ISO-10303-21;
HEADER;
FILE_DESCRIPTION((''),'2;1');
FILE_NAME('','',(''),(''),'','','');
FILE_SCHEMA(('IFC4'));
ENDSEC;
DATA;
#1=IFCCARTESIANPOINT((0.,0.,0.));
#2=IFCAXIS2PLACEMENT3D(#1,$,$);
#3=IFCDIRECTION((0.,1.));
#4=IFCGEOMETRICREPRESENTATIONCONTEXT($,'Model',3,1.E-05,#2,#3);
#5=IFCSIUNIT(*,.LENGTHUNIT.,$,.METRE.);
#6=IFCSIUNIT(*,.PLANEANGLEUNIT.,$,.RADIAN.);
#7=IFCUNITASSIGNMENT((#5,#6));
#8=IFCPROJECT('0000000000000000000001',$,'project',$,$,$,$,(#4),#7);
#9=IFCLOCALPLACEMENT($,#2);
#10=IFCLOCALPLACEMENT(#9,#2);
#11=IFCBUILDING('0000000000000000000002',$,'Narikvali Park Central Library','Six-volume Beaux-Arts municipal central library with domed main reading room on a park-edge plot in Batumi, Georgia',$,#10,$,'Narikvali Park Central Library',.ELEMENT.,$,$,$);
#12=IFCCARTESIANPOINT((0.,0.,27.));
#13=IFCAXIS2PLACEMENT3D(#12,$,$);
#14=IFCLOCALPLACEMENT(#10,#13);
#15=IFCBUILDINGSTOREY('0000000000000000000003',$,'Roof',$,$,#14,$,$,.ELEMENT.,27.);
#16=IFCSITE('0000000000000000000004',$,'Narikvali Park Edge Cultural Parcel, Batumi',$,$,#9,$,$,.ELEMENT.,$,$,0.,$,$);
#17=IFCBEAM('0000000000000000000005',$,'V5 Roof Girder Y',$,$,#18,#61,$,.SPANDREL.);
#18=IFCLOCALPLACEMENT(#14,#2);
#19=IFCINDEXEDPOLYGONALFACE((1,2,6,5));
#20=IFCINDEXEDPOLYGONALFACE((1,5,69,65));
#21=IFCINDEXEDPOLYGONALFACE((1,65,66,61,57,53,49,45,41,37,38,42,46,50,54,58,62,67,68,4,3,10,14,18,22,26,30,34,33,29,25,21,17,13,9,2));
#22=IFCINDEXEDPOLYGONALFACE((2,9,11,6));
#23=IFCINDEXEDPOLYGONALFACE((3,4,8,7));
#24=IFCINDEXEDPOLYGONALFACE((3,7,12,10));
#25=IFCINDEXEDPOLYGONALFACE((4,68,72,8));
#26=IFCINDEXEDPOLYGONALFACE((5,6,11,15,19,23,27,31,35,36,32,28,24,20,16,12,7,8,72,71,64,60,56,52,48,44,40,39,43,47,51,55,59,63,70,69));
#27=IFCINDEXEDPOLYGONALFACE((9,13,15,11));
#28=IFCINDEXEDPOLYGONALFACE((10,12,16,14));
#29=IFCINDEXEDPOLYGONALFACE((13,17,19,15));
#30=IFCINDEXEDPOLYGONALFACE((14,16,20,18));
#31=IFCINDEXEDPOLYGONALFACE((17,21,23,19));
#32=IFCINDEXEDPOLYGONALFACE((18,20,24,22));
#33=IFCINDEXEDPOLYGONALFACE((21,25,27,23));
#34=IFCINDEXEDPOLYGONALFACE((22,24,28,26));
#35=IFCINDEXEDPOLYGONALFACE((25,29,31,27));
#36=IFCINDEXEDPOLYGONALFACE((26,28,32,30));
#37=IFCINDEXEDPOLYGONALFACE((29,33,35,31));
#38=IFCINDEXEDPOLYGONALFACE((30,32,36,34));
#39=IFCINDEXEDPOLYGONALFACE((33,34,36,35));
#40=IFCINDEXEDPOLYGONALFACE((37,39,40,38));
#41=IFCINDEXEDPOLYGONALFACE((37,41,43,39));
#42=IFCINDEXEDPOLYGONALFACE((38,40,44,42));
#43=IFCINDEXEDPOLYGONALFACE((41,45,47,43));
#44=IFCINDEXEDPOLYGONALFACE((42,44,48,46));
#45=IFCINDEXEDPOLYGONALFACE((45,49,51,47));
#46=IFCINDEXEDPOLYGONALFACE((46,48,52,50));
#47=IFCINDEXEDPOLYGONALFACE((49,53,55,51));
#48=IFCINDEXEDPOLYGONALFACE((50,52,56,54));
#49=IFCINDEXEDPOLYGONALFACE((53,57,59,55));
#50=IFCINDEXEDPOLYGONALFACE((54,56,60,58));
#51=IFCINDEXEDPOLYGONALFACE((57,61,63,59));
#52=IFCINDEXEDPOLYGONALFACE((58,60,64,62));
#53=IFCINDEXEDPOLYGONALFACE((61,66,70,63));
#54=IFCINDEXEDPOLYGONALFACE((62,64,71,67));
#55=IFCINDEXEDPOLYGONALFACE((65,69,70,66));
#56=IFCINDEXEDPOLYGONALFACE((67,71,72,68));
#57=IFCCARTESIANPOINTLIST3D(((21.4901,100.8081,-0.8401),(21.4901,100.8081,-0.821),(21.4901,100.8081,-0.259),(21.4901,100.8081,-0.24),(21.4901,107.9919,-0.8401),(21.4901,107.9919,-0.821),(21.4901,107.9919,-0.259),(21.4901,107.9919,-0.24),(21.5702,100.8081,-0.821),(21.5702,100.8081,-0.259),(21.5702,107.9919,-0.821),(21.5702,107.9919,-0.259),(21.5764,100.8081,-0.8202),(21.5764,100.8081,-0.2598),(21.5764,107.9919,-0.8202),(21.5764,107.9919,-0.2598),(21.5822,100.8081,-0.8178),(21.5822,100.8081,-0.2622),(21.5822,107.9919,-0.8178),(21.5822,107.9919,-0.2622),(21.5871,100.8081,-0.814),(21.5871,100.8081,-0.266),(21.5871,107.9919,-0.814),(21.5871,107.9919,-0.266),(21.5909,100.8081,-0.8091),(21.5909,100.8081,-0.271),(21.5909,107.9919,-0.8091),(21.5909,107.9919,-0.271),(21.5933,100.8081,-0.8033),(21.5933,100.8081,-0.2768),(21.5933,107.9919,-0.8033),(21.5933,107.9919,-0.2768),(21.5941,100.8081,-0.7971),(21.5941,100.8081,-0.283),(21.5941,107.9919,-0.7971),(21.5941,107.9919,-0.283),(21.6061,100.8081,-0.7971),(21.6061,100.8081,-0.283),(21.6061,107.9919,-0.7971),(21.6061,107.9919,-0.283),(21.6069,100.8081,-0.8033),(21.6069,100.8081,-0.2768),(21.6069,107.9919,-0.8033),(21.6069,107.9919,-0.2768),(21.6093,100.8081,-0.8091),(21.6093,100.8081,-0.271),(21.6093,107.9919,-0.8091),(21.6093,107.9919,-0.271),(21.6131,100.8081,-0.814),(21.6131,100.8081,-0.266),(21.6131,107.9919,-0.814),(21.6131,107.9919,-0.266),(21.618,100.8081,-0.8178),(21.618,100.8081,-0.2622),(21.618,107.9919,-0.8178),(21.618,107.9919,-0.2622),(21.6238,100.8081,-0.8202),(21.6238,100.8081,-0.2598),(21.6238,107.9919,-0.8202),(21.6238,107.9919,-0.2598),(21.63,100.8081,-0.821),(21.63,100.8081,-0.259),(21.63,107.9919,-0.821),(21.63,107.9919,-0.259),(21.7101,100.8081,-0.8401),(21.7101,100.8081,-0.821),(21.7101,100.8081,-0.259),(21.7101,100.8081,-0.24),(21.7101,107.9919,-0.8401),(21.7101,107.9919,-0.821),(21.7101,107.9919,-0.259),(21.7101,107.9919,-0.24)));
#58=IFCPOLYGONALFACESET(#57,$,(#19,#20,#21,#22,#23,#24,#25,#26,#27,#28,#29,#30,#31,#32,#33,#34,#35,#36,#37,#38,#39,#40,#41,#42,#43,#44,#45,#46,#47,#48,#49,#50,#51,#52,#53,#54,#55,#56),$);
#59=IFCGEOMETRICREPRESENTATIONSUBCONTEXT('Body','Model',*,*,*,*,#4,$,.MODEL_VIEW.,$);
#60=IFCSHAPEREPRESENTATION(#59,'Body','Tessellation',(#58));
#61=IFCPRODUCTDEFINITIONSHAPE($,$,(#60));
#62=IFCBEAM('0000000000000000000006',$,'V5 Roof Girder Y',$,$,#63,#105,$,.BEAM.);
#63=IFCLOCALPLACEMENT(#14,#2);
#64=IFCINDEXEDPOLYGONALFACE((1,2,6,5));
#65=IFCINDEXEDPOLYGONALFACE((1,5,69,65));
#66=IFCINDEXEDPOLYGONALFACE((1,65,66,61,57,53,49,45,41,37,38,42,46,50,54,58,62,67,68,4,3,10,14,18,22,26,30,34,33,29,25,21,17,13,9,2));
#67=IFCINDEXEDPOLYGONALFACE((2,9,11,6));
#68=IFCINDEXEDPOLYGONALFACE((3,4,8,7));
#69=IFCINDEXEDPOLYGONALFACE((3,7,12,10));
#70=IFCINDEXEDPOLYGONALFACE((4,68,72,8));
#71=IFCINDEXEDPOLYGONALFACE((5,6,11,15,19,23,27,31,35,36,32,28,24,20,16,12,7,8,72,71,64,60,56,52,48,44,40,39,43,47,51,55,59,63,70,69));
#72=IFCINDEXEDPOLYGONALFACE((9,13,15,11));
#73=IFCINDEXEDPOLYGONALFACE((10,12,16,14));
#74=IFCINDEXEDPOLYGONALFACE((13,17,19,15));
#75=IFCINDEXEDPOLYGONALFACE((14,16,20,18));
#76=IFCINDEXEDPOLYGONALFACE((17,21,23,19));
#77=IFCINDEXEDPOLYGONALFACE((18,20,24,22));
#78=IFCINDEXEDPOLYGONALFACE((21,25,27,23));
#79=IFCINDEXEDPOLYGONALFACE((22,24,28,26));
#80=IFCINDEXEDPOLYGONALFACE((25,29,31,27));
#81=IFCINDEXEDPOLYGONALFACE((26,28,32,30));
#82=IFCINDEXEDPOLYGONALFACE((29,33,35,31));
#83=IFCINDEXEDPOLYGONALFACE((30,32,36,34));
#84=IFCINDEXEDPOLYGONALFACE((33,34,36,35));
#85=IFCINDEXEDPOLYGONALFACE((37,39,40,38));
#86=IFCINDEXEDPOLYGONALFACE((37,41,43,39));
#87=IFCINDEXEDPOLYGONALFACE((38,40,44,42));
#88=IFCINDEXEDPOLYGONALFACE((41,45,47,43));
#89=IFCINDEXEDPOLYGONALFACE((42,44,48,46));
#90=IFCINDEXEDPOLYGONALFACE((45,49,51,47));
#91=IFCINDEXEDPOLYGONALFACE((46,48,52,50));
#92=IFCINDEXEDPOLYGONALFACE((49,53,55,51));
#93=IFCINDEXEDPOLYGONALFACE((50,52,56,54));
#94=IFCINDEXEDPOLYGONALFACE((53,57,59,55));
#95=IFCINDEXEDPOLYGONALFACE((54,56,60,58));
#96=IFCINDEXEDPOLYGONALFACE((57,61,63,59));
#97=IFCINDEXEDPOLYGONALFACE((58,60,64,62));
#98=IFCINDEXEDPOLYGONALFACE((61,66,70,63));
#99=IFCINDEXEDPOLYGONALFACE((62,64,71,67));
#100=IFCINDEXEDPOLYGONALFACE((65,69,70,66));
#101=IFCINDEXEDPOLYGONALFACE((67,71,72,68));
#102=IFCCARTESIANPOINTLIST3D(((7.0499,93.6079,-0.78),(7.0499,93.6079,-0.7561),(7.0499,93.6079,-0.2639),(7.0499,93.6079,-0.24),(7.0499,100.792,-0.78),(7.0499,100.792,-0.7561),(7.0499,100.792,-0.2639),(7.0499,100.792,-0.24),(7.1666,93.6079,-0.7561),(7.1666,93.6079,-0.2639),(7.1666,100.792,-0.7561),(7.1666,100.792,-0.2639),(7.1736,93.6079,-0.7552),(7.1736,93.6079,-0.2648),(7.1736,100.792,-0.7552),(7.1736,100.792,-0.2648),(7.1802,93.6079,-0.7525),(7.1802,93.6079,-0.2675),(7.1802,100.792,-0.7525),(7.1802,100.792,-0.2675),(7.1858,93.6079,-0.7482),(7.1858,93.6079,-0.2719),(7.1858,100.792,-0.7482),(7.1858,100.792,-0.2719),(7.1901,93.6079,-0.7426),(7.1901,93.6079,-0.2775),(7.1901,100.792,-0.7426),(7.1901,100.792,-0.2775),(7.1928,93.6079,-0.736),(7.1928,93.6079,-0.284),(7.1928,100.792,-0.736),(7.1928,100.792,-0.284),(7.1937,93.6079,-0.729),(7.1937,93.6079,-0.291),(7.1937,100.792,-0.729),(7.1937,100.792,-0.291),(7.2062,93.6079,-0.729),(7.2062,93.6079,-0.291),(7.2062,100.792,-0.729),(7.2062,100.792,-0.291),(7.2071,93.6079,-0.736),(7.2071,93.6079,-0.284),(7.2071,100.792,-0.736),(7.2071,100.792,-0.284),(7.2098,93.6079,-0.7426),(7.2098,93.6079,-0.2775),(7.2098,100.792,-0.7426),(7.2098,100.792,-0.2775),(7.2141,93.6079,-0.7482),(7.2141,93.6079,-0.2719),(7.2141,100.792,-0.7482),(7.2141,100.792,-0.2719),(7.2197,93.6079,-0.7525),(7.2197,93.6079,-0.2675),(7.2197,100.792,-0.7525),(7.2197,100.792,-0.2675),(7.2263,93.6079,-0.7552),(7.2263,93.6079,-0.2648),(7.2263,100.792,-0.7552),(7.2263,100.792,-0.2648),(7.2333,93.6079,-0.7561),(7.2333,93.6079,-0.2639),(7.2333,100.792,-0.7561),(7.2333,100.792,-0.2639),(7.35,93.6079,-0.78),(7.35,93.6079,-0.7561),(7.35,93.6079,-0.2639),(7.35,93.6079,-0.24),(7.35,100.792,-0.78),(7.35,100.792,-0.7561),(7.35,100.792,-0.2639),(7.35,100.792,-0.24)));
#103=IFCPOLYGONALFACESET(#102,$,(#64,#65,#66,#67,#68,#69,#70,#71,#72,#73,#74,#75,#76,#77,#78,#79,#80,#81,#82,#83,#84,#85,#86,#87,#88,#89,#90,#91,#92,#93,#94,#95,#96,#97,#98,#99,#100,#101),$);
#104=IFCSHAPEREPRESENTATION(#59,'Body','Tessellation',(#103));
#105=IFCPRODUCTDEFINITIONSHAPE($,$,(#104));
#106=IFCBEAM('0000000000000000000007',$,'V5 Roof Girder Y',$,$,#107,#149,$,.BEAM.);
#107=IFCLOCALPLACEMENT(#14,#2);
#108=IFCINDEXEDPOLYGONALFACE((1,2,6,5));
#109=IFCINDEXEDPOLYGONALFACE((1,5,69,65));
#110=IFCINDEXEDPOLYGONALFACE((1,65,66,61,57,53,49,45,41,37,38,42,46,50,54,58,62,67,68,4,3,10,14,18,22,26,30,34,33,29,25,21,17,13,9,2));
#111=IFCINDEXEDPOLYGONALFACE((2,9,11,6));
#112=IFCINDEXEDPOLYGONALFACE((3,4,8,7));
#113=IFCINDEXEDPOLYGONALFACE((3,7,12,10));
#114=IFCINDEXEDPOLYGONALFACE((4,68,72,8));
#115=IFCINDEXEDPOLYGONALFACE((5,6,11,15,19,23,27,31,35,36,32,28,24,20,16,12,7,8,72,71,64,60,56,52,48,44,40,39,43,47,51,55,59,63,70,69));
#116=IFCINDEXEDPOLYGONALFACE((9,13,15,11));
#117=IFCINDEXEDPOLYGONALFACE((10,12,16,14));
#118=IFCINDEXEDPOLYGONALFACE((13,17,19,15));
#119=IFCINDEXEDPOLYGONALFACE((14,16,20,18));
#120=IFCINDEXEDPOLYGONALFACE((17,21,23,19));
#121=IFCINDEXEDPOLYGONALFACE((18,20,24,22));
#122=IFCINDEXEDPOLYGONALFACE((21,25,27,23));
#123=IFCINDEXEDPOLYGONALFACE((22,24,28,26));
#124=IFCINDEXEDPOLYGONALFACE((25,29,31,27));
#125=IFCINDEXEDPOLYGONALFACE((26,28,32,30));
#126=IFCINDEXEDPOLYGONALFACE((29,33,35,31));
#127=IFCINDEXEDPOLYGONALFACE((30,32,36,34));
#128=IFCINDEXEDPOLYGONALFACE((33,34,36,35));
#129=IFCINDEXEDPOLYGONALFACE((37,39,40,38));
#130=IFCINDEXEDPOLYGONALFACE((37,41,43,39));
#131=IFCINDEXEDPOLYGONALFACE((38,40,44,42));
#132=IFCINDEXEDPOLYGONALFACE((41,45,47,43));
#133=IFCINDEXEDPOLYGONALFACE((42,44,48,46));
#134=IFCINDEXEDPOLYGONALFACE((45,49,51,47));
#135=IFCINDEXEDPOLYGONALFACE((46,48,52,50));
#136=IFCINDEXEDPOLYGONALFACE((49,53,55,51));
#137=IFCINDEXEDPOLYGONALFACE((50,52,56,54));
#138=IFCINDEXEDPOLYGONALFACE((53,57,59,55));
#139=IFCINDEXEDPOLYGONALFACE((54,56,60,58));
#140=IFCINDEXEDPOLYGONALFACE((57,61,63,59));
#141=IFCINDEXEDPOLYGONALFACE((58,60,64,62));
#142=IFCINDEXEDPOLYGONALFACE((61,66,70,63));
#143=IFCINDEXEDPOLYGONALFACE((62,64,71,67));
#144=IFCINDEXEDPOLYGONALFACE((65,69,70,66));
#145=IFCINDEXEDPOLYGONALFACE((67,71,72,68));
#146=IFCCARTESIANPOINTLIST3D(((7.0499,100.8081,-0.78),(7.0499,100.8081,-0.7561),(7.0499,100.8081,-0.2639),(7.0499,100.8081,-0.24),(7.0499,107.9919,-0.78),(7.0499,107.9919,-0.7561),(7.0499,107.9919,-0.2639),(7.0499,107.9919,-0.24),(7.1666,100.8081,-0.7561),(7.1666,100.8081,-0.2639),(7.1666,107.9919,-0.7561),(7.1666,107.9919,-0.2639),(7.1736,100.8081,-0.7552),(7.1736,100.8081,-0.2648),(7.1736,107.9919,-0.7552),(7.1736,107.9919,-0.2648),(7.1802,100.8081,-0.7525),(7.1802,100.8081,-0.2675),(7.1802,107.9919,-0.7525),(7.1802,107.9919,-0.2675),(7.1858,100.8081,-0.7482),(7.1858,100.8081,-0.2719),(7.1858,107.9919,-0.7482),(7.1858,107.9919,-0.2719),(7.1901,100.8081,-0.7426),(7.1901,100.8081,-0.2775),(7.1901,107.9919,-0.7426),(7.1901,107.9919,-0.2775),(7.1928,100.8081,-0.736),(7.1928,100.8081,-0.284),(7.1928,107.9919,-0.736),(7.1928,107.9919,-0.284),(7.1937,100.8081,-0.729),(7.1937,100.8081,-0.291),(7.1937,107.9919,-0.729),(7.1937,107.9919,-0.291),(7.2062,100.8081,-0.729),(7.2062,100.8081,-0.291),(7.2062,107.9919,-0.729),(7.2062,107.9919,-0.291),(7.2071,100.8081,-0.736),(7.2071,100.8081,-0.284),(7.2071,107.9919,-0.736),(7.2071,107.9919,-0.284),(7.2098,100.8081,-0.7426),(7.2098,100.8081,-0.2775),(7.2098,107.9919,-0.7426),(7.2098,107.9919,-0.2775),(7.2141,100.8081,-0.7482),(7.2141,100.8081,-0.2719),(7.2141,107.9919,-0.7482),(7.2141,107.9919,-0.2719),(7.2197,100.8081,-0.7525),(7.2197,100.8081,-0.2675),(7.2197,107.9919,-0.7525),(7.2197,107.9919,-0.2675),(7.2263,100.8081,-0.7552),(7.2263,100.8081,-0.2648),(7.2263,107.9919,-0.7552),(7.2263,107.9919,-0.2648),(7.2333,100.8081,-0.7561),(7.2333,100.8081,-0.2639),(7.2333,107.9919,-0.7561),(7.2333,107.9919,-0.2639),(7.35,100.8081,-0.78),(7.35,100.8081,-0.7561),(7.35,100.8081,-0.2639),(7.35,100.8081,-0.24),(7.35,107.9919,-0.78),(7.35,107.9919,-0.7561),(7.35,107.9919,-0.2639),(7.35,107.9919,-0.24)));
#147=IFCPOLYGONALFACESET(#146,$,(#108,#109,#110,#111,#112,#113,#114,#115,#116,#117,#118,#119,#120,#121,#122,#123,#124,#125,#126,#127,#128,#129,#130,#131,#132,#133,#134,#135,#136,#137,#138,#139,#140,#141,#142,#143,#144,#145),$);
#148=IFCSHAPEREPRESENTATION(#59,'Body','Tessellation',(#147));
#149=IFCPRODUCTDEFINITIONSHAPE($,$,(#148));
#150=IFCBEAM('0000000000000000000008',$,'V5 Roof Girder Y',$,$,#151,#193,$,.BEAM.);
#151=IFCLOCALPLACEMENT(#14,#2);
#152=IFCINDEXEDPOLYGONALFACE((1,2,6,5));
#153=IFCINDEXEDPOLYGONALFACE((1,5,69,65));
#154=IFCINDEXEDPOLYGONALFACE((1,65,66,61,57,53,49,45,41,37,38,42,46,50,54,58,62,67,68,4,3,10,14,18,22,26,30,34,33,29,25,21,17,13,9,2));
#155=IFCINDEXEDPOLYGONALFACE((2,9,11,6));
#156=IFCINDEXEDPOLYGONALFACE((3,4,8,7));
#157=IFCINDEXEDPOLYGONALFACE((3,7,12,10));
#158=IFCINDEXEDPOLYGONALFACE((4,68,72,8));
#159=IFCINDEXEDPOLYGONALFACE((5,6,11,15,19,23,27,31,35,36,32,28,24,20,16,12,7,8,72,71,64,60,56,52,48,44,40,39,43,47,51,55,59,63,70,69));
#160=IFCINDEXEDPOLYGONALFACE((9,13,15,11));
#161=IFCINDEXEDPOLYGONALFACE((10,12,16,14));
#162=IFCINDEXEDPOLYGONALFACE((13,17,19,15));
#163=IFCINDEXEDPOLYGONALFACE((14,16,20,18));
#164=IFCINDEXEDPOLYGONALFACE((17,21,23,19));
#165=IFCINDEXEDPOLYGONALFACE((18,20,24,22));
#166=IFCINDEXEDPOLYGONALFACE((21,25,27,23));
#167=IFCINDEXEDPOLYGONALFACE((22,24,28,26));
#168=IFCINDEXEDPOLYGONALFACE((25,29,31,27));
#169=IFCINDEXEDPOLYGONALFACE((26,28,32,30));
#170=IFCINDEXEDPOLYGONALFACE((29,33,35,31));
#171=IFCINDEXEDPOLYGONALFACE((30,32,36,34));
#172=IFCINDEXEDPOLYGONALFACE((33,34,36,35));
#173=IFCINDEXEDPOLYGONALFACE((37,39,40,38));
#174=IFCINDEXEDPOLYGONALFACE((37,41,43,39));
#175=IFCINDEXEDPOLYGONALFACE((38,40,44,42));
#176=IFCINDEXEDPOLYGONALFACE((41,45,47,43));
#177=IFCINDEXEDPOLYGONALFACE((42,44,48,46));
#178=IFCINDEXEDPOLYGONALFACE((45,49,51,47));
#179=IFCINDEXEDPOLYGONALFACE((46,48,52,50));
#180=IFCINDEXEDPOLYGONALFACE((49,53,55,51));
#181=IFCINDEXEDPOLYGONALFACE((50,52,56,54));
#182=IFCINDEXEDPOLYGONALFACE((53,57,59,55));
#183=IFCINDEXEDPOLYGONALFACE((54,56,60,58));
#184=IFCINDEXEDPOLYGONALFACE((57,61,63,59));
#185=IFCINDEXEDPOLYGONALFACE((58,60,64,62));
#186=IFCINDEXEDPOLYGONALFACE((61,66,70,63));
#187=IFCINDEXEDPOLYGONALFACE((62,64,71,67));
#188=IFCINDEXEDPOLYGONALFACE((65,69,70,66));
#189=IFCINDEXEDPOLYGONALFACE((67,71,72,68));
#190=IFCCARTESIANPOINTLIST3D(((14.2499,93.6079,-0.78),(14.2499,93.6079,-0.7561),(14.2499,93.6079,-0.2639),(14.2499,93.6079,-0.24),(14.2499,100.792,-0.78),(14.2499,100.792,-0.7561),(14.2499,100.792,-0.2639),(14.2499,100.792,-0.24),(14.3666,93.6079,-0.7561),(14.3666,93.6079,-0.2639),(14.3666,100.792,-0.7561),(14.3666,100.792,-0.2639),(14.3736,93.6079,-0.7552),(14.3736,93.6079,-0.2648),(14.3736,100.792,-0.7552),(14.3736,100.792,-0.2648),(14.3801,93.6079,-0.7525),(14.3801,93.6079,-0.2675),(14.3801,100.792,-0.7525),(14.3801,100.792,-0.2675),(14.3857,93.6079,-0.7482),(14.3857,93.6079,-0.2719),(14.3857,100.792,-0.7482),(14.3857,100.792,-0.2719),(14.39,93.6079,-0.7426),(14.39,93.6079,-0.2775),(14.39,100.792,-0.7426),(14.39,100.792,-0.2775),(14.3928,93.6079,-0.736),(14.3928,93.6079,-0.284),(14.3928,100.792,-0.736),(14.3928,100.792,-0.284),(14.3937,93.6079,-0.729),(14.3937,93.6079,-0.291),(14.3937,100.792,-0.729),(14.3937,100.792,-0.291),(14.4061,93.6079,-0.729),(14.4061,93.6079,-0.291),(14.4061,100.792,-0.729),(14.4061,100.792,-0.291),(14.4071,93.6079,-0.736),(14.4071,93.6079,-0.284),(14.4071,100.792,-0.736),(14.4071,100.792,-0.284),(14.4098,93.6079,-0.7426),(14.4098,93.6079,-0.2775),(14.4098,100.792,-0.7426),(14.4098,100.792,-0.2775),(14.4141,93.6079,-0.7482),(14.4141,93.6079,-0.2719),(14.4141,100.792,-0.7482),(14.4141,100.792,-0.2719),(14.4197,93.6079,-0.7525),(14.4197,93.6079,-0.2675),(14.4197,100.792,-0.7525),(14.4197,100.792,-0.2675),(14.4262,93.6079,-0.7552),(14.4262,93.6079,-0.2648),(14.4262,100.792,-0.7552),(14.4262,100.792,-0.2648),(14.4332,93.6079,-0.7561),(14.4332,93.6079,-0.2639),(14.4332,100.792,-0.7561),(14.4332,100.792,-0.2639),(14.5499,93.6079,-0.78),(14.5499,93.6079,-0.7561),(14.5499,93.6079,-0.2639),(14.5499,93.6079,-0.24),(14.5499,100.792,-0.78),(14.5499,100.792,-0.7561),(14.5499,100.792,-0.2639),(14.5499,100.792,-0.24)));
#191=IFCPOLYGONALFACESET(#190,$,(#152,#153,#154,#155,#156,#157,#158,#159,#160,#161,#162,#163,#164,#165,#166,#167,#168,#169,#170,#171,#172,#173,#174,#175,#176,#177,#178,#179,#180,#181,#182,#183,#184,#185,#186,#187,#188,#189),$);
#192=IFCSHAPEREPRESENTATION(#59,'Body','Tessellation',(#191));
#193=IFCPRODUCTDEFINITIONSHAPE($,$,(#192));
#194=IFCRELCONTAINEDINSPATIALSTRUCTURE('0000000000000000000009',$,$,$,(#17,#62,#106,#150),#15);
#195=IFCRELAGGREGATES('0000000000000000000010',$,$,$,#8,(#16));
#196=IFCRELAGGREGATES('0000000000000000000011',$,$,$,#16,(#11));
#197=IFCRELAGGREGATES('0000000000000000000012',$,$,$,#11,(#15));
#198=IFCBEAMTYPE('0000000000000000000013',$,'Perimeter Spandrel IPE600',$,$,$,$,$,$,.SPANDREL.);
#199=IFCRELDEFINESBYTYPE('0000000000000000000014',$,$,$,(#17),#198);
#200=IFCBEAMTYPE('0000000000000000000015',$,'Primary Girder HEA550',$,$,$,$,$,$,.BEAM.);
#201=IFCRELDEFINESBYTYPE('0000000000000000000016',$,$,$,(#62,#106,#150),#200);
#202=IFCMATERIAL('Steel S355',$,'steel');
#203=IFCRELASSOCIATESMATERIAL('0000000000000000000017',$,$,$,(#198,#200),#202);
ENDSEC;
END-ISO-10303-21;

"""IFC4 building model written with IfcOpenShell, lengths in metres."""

from ifc_helpers import new_model, si_unit, direction, frame, origin, origin_2d, place, context, subcontext, project, spatial, i_section, extrude, material, material_profile, profile_set, type_object, element, save


model = new_model("IFC4")

# Units and contexts
model_context = context("Model", 3, precision=1e-05, world=origin(), true_north=direction((0.0, 1.0)))
body_context = subcontext(model_context, "Body", "Model", "MODEL_VIEW")
ifc_project = project(units=[si_unit("LENGTHUNIT", "METRE"), si_unit("PLANEANGLEUNIT", "RADIAN")], contexts=[model_context])

# Site, building, storey
site_placement = place(None, origin())
site = spatial("IfcSite", under=ifc_project, at=site_placement, Name="Narikvali Park Edge Cultural Parcel, Batumi", CompositionType="ELEMENT", RefElevation=0.0)
building_placement = place(site_placement, origin())
building = spatial("IfcBuilding", under=site, at=building_placement, Name="Narikvali Park Central Library", Description="Six-volume Beaux-Arts municipal central library with domed main reading room on a park-edge plot in Batumi, Georgia", LongName="Narikvali Park Central Library", CompositionType="ELEMENT")
storey_placement = place(building_placement, frame((0.0, 0.0, 27.0)))
storey = spatial("IfcBuildingStorey", under=building, at=storey_placement, Name="Roof", CompositionType="ELEMENT", Elevation=27.0)

# Beams
ifc_material = material(Name="Steel S355", Category="steel")
ifc_material_profile_1 = material_profile(ifc_material, i_section(OverallWidth=0.22, OverallDepth=0.6001, WebThickness=0.012, FlangeThickness=0.019, FilletRadius=0.0239, at=origin_2d()), Name="IPE 600")
ifc_profile_set_1 = profile_set([ifc_material_profile_1], Name="Steel S355")
beam_type_1 = type_object("IfcBeamType", Name="Perimeter Spandrel IPE600", PredefinedType="SPANDREL", material=ifc_profile_set_1)
beam_1_placement = place(storey_placement, frame((21.6001, 100.8081, -0.54), z_axis=(0.0, 1.0, 0.0), x_axis=(-1.0, 0.0, 0.0)))
element("IfcBeam", 1, at=beam_1_placement, inside=storey, type_object=beam_type_1, Name="V5 Roof Girder Y", PredefinedType="SPANDREL", context=body_context, shape_type="SweptSolid", body=[
    extrude(i_section(OverallWidth=0.22, OverallDepth=0.6001, WebThickness=0.012, FlangeThickness=0.019, FilletRadius=0.0239, at=origin_2d()), origin(), (0.0, 0.0, 1.0), 7.1838),
])
ifc_material_profile_2 = material_profile(ifc_material, i_section(OverallWidth=0.3, OverallDepth=0.54, WebThickness=0.0125, FlangeThickness=0.0239, FilletRadius=0.0271, at=origin_2d()), Name="HEA 550")
ifc_profile_set_2 = profile_set([ifc_material_profile_2], Name="Steel S355")
beam_type_2 = type_object("IfcBeamType", Name="Primary Girder HEA550", PredefinedType="BEAM", material=ifc_profile_set_2)
beam_2_placement = place(storey_placement, frame((7.2, 93.6079, -0.51), z_axis=(0.0, 1.0, 0.0), x_axis=(-1.0, 0.0, 0.0)))
element("IfcBeam", 2, at=beam_2_placement, inside=storey, type_object=beam_type_2, Name="V5 Roof Girder Y", PredefinedType="BEAM", context=body_context, shape_type="SweptSolid", body=[
    extrude(i_section(OverallWidth=0.3, OverallDepth=0.54, WebThickness=0.0125, FlangeThickness=0.0239, FilletRadius=0.0271, at=origin_2d()), origin(), (0.0, 0.0, 1.0), 7.1841),
])
beam_3_placement = place(storey_placement, frame((7.2, 100.8081, -0.51), z_axis=(0.0, 1.0, 0.0), x_axis=(-1.0, 0.0, 0.0)))
element("IfcBeam", 3, at=beam_3_placement, inside=storey, type_object=beam_type_2, Name="V5 Roof Girder Y", PredefinedType="BEAM", context=body_context, shape_type="SweptSolid", body=[
    extrude(i_section(OverallWidth=0.3, OverallDepth=0.54, WebThickness=0.0125, FlangeThickness=0.0239, FilletRadius=0.0271, at=origin_2d()), origin(), (0.0, 0.0, 1.0), 7.1838),
])
beam_4_placement = place(storey_placement, frame((14.3999, 93.6079, -0.51), z_axis=(0.0, 1.0, 0.0), x_axis=(-1.0, 0.0, 0.0)))
element("IfcBeam", 4, at=beam_4_placement, inside=storey, type_object=beam_type_2, Name="V5 Roof Girder Y", PredefinedType="BEAM", context=body_context, shape_type="SweptSolid", body=[
    extrude(i_section(OverallWidth=0.3, OverallDepth=0.54, WebThickness=0.0125, FlangeThickness=0.0239, FilletRadius=0.0271, at=origin_2d()), origin(), (0.0, 0.0, 1.0), 7.1841),
])

save(model, "model.ifc")
